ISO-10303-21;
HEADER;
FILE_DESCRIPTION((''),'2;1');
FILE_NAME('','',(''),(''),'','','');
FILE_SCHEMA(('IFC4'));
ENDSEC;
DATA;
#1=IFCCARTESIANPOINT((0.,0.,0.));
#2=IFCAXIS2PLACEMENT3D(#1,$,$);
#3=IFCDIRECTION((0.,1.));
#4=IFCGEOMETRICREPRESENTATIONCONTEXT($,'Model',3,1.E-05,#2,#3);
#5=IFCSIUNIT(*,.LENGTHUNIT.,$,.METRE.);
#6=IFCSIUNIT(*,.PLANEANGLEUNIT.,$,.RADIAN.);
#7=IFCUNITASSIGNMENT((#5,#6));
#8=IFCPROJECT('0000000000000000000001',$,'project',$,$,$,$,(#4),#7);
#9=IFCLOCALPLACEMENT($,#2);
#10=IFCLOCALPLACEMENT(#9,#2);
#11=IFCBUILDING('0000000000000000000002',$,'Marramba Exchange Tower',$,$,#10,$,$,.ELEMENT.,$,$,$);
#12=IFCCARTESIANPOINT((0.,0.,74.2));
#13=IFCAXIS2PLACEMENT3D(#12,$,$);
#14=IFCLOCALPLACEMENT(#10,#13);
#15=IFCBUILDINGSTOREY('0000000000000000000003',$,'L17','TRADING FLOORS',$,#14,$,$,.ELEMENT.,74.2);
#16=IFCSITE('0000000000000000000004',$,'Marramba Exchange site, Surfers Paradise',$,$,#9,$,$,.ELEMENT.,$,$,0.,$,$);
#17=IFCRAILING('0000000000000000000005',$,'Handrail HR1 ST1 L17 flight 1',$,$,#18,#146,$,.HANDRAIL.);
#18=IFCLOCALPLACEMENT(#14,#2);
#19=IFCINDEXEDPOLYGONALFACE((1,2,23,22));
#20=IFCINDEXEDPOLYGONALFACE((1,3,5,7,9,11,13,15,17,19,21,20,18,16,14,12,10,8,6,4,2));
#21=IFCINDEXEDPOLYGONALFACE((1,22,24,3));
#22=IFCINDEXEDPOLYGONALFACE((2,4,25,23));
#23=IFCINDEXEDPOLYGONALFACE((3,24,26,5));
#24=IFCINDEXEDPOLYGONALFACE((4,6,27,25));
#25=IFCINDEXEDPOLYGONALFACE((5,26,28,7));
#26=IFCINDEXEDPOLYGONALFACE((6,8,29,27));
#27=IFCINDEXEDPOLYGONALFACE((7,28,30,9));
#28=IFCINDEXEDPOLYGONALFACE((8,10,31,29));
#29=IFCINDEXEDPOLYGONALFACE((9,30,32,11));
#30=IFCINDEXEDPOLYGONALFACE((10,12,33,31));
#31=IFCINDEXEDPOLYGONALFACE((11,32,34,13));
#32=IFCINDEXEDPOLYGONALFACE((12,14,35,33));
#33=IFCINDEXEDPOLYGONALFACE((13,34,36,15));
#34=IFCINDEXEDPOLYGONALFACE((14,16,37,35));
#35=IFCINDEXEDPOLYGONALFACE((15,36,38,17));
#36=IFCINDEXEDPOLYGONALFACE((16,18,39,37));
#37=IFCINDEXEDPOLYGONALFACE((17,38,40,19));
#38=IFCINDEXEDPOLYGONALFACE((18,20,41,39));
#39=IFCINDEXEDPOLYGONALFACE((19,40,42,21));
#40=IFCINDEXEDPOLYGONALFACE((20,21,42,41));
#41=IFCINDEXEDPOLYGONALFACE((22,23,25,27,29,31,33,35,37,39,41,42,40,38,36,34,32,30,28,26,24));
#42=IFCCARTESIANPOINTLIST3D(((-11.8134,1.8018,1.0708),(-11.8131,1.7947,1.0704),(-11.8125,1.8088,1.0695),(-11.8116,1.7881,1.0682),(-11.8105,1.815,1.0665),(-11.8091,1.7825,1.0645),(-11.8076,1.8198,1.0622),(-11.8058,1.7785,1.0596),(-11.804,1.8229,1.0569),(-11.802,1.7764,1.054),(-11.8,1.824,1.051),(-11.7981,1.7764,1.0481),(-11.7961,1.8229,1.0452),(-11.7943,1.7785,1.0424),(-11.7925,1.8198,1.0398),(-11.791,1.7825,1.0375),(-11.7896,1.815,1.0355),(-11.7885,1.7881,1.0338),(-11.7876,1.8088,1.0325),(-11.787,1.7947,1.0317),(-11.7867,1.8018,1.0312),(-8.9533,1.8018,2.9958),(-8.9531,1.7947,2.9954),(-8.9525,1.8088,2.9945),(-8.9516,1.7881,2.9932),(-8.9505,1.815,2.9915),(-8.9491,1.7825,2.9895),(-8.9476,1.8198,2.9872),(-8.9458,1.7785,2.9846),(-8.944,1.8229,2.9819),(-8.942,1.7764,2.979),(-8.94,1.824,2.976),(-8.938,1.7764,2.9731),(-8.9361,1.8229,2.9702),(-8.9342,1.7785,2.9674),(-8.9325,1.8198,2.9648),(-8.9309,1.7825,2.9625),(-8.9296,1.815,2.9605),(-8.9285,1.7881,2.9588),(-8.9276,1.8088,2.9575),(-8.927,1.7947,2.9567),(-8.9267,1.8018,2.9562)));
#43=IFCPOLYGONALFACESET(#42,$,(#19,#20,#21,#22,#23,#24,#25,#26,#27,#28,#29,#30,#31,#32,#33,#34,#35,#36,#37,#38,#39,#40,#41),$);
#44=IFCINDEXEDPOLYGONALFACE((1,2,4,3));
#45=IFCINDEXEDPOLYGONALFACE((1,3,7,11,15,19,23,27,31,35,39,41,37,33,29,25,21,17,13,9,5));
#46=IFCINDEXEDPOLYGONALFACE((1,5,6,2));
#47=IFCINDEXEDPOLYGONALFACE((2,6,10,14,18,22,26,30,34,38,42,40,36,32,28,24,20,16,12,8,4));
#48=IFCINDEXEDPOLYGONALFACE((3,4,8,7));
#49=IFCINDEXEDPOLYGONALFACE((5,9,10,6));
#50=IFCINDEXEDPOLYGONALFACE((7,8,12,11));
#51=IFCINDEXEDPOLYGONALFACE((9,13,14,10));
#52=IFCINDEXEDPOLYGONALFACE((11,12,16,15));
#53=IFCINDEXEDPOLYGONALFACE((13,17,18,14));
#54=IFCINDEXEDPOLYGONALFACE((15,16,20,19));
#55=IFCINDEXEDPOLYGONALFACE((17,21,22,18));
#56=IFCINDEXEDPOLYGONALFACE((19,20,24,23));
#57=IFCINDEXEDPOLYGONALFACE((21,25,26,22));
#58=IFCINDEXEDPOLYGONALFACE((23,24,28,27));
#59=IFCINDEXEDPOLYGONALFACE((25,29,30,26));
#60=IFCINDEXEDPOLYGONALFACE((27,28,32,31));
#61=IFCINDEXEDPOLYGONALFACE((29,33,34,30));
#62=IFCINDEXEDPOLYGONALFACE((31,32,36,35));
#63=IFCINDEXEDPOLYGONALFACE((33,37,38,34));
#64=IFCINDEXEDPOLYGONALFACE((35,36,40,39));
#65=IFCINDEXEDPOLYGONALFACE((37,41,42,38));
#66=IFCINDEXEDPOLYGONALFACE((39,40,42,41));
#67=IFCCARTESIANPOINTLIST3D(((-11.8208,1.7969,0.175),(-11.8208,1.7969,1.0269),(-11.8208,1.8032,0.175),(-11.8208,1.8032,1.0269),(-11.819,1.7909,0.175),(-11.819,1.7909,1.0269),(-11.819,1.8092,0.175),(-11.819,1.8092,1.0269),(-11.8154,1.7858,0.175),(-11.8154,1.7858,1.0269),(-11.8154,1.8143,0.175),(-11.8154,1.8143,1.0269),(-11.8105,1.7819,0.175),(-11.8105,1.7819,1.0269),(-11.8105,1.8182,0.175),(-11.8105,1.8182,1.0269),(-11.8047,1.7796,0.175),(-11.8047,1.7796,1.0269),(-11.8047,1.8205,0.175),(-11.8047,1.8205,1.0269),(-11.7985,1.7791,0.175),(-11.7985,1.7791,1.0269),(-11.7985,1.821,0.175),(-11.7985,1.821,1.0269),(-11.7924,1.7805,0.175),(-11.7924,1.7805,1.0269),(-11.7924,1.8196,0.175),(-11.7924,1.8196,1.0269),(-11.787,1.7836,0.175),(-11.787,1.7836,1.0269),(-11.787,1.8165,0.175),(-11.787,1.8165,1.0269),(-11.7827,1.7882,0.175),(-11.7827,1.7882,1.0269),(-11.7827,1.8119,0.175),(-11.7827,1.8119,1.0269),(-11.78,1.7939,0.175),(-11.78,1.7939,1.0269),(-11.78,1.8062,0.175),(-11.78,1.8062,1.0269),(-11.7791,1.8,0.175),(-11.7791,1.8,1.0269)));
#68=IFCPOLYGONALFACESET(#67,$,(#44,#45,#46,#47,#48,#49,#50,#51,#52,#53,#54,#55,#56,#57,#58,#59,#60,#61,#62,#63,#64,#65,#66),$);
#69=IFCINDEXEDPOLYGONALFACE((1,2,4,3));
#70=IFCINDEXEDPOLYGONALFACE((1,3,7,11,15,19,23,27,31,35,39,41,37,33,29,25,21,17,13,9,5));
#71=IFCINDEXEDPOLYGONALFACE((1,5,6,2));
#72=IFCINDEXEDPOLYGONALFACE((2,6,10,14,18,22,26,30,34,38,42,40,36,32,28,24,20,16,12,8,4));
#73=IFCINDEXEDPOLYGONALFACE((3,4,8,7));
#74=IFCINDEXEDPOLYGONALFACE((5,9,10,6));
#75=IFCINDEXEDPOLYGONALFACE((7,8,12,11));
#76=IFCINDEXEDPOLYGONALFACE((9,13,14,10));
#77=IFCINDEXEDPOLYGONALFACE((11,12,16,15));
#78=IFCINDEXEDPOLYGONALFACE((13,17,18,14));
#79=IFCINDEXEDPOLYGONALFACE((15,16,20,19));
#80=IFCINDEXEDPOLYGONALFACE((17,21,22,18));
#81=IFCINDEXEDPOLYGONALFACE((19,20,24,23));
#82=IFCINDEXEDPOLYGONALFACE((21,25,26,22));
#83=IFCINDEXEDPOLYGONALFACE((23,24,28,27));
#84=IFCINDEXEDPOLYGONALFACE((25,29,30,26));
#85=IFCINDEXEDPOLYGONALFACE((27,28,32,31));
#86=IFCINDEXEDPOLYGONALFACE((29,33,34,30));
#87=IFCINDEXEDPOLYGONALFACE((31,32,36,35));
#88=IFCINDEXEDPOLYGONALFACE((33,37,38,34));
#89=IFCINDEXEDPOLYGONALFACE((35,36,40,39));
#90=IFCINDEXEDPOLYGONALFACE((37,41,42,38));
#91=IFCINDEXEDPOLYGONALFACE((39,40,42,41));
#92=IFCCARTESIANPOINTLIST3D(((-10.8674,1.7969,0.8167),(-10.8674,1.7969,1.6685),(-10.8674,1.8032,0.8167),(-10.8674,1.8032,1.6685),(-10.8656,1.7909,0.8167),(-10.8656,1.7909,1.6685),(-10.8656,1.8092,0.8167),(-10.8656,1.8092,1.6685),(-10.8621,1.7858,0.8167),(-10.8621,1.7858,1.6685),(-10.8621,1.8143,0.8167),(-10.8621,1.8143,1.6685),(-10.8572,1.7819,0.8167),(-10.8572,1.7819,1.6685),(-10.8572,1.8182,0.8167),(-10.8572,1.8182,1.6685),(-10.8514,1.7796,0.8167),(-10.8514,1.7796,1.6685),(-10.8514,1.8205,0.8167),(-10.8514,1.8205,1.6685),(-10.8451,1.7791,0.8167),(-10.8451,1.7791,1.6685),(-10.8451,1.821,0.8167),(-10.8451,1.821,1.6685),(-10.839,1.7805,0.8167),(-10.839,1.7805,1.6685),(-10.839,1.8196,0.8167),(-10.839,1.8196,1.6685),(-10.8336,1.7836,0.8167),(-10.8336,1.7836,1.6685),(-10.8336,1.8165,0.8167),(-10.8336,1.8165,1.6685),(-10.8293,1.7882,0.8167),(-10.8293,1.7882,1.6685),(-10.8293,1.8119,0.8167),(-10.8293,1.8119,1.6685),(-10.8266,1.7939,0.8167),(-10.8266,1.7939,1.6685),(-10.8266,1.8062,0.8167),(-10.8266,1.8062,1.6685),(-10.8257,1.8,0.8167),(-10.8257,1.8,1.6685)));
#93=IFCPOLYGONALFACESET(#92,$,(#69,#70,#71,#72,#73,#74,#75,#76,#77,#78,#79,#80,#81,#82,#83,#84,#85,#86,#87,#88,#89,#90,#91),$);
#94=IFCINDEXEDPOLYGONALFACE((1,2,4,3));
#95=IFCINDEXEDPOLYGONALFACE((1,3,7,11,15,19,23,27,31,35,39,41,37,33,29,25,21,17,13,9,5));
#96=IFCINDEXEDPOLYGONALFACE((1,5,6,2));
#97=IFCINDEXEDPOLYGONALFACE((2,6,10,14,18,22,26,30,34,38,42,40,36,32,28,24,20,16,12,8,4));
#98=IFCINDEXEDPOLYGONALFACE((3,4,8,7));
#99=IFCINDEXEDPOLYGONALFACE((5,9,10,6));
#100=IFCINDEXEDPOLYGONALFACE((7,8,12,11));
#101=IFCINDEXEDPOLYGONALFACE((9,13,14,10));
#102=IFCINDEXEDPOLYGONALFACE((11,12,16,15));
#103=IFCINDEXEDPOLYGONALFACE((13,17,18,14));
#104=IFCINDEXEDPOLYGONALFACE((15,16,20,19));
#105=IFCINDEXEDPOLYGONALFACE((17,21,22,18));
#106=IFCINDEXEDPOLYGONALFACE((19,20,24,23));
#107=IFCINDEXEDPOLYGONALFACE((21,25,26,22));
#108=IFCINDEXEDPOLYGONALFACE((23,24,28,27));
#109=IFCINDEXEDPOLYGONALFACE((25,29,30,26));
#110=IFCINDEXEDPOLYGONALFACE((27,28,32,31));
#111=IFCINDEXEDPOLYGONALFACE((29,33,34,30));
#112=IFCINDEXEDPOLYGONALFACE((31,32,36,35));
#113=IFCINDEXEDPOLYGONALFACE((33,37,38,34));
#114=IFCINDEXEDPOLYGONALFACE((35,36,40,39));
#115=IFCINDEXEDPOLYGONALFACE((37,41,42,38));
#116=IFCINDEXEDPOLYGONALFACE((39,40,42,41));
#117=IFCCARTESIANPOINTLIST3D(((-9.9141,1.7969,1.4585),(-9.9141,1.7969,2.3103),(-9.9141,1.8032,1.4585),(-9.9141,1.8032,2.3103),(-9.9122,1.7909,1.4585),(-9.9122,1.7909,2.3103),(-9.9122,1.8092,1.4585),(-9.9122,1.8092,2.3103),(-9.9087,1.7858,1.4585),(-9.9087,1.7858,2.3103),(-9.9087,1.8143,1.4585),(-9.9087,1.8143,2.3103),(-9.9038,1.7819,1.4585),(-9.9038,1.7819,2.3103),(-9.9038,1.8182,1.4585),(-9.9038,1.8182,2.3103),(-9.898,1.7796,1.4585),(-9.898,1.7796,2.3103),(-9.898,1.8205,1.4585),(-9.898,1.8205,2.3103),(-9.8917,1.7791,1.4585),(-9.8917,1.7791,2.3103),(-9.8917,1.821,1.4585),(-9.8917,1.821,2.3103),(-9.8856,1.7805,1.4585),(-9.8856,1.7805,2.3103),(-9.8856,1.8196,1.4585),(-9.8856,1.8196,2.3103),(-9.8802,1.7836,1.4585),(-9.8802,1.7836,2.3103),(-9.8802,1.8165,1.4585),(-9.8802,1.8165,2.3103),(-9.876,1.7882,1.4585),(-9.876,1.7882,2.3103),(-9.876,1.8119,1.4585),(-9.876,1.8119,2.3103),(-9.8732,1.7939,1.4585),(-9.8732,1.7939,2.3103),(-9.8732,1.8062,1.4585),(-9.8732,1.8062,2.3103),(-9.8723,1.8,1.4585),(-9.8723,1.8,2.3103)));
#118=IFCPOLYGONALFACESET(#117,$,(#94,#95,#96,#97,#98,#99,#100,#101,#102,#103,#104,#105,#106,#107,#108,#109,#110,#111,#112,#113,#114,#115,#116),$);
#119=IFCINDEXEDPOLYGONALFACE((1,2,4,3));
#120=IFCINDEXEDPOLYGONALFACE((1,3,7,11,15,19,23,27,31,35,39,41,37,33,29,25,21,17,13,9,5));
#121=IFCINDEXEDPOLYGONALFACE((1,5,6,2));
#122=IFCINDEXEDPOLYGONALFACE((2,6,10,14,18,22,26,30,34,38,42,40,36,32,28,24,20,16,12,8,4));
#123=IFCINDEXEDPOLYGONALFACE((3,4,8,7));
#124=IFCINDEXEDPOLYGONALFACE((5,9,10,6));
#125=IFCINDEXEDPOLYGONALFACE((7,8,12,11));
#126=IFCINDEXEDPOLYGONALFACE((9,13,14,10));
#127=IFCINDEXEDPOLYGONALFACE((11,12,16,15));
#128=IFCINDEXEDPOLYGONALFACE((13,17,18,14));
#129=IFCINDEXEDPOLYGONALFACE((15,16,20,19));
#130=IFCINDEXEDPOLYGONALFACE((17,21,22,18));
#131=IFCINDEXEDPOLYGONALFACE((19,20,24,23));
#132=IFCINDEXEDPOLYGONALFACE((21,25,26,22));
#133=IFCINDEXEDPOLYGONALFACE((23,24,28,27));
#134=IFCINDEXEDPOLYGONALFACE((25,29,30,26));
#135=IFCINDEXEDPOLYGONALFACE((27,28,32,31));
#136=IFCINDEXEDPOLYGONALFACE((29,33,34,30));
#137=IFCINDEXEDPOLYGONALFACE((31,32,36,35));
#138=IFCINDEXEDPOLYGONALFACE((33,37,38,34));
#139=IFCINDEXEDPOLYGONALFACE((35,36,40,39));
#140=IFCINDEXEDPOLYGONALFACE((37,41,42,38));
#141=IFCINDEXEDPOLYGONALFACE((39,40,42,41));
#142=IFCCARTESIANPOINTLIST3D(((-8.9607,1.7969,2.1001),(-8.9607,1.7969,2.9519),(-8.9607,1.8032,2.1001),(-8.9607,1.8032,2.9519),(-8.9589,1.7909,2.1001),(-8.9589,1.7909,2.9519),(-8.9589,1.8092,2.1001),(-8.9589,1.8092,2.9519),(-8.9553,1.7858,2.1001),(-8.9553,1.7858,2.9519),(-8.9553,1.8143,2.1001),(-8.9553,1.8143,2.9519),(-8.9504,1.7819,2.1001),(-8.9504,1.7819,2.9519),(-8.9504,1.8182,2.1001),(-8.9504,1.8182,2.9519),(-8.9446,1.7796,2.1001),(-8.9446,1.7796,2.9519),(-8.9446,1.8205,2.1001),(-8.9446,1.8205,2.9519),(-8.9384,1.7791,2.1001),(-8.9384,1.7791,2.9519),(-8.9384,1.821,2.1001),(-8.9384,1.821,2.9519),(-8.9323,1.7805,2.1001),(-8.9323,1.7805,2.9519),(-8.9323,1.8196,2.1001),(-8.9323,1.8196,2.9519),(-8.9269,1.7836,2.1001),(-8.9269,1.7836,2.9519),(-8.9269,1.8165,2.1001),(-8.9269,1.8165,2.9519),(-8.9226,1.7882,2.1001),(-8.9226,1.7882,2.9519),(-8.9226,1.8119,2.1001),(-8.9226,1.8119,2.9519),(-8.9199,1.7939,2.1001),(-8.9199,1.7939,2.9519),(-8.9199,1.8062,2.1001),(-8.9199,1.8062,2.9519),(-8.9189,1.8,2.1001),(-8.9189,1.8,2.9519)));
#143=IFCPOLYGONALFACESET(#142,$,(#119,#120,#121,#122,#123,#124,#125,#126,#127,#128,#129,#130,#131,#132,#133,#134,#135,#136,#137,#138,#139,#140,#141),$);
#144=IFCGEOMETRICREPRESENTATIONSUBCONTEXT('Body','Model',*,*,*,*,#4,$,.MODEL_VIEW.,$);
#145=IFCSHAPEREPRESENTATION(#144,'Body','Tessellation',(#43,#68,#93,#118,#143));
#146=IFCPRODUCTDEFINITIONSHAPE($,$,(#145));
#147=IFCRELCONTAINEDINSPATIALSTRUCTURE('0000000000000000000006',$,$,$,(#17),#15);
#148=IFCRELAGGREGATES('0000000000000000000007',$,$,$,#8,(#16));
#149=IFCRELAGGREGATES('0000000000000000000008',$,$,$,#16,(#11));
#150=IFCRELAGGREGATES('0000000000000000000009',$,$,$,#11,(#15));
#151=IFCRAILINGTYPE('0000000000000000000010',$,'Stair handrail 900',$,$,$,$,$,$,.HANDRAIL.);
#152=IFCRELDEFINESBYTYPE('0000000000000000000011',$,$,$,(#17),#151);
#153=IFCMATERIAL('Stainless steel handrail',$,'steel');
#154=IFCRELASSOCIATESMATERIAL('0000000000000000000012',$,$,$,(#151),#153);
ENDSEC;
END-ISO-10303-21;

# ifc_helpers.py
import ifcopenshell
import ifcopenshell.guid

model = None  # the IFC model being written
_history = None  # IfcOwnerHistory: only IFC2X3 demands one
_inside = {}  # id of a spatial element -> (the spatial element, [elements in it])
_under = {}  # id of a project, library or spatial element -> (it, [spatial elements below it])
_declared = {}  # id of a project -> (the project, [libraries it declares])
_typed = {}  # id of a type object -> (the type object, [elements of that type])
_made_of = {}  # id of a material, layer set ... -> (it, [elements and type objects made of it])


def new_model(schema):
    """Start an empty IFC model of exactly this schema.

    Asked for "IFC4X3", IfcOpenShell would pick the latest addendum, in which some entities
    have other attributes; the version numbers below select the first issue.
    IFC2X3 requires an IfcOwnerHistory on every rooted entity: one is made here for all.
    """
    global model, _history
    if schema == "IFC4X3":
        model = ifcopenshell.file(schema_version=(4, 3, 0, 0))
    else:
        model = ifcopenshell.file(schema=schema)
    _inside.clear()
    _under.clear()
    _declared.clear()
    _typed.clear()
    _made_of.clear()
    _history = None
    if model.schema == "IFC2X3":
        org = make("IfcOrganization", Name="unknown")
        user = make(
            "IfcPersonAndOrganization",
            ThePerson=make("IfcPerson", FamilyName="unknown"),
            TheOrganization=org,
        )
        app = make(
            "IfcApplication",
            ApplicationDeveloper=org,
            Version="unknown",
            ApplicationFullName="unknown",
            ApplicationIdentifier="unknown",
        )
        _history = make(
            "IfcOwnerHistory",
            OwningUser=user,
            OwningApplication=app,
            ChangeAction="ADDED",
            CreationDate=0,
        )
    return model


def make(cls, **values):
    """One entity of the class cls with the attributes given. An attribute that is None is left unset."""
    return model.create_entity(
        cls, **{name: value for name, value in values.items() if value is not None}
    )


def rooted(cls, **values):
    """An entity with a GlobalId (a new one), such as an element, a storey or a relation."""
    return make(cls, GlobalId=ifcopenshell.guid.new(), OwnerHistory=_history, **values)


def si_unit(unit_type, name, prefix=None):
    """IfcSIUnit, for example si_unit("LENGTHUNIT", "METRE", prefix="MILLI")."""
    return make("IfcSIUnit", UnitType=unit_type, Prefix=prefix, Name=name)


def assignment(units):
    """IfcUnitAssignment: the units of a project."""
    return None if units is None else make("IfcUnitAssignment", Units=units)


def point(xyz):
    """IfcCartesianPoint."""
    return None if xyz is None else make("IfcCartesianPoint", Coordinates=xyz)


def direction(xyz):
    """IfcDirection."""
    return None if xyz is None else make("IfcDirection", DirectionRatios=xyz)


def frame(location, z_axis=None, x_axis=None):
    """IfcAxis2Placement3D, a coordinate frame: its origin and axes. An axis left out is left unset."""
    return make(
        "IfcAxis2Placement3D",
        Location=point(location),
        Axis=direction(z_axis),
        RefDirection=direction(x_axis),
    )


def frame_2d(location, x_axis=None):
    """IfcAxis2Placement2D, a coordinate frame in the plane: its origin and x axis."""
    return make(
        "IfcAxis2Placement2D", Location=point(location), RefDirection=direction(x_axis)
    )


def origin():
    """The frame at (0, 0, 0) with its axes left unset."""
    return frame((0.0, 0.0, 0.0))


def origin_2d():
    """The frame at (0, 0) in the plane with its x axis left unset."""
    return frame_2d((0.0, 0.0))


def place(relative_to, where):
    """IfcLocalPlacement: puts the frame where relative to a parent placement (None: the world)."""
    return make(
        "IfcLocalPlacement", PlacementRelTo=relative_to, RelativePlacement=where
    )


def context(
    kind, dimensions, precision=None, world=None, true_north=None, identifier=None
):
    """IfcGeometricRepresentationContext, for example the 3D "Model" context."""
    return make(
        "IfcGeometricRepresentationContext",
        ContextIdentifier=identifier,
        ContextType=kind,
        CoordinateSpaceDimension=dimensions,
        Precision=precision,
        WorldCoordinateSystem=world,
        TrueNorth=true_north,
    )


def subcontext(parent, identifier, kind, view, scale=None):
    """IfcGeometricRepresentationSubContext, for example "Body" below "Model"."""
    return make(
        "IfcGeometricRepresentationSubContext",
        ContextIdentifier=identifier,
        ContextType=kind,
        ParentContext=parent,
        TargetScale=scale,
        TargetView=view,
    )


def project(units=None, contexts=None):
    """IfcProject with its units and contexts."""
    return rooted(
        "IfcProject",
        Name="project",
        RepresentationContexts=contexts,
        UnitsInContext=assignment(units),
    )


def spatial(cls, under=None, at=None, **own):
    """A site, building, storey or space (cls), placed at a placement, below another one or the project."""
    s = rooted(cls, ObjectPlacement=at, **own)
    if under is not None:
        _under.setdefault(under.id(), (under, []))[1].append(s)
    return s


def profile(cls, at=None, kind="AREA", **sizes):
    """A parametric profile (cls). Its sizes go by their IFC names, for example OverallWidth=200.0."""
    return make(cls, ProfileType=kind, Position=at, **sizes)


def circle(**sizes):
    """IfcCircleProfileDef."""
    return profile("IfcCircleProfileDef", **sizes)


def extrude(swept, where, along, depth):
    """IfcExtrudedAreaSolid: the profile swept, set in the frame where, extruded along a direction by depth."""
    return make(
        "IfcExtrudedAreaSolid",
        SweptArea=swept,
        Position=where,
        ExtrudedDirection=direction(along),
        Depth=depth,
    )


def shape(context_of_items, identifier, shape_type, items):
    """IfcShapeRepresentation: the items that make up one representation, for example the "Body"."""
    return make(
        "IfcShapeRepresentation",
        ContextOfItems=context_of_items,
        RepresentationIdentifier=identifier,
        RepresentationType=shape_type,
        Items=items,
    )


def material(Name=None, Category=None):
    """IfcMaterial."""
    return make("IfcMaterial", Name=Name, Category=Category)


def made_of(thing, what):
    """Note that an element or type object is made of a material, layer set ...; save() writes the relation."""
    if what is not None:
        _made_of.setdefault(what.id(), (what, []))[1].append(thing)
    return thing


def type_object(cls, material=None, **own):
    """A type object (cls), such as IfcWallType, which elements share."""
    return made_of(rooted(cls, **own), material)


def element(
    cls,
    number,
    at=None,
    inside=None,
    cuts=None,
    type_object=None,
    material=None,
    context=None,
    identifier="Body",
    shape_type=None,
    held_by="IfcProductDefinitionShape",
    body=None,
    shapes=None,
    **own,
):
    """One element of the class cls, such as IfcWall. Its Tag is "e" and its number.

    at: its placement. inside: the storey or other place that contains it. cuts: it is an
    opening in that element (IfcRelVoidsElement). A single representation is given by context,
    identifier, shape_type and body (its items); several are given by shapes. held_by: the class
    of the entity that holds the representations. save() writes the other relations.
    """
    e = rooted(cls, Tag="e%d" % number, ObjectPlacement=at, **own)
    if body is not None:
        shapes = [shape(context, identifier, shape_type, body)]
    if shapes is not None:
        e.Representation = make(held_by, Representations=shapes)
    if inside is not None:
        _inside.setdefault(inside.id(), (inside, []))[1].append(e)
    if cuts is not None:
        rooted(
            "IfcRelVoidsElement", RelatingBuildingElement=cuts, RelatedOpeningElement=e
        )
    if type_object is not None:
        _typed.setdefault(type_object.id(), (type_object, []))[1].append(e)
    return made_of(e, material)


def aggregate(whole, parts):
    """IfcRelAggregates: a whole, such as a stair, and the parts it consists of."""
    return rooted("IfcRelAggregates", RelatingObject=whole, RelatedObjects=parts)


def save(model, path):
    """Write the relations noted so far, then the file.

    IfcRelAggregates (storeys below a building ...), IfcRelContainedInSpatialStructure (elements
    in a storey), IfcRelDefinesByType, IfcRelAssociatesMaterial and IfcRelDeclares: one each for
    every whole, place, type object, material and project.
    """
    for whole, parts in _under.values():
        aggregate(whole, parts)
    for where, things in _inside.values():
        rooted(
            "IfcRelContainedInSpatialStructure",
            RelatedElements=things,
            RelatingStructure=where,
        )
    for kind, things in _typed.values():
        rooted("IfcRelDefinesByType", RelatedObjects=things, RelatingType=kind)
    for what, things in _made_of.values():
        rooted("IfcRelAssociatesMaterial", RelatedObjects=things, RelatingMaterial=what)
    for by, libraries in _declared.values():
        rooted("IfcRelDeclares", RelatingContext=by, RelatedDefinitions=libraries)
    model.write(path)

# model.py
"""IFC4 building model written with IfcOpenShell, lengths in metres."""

from ifc_helpers import new_model, si_unit, direction, frame, origin, origin_2d, place, context, subcontext, project, spatial, circle, extrude, material, type_object, element, save


model = new_model("IFC4")

# Units and contexts
model_context = context("Model", 3, precision=1e-05, world=origin(), true_north=direction((0.0, 1.0)))
body_context = subcontext(model_context, "Body", "Model", "MODEL_VIEW")
ifc_project = project(units=[si_unit("LENGTHUNIT", "METRE"), si_unit("PLANEANGLEUNIT", "RADIAN")], contexts=[model_context])

# Site, building, storey
site_placement = place(None, origin())
site = spatial("IfcSite", under=ifc_project, at=site_placement, Name="Marramba Exchange site, Surfers Paradise", CompositionType="ELEMENT", RefElevation=0.0)
building_placement = place(site_placement, origin())
building = spatial("IfcBuilding", under=site, at=building_placement, Name="Marramba Exchange Tower", CompositionType="ELEMENT")
storey_placement = place(building_placement, frame((0.0, 0.0, 74.2)))
storey = spatial("IfcBuildingStorey", under=building, at=storey_placement, Name="L17", Description="TRADING FLOORS", CompositionType="ELEMENT", Elevation=74.2)

# Railing
ifc_material_1 = material(Name="Stainless steel handrail", Category="steel")
railing_type = type_object("IfcRailingType", Name="Stair handrail 900", PredefinedType="HANDRAIL", material=ifc_material_1)
railing_placement = place(storey_placement, frame((-11.8, 1.8, 0.175)))
element("IfcRailing", 1, at=railing_placement, inside=storey, type_object=railing_type, Name="Handrail HR1 ST1 L17 flight 1", PredefinedType="HANDRAIL", context=body_context, shape_type="SweptSolid", body=[
    extrude(circle(Radius=0.0239, at=origin_2d()), frame((0.0, 0.0, 0.876), z_axis=(0.829591, 0.0, 0.558372), x_axis=(0.0, 1.0, 0.0)), (0.0, 0.0, 1.0), 3.4475),
    extrude(circle(Radius=0.021, at=origin_2d()), origin(), (0.0, 0.0, 1.0), 0.8518),
    extrude(circle(Radius=0.021, at=origin_2d()), frame((0.9534, 0.0, 0.6416)), (0.0, 0.0, 1.0), 0.8518),
    extrude(circle(Radius=0.021, at=origin_2d()), frame((1.9067, 0.0, 1.2834)), (0.0, 0.0, 1.0), 0.8518),
    extrude(circle(Radius=0.021, at=origin_2d()), frame((2.8601, 0.0, 1.925)), (0.0, 0.0, 1.0), 0.8518),
])

save(model, "model.ifc")
